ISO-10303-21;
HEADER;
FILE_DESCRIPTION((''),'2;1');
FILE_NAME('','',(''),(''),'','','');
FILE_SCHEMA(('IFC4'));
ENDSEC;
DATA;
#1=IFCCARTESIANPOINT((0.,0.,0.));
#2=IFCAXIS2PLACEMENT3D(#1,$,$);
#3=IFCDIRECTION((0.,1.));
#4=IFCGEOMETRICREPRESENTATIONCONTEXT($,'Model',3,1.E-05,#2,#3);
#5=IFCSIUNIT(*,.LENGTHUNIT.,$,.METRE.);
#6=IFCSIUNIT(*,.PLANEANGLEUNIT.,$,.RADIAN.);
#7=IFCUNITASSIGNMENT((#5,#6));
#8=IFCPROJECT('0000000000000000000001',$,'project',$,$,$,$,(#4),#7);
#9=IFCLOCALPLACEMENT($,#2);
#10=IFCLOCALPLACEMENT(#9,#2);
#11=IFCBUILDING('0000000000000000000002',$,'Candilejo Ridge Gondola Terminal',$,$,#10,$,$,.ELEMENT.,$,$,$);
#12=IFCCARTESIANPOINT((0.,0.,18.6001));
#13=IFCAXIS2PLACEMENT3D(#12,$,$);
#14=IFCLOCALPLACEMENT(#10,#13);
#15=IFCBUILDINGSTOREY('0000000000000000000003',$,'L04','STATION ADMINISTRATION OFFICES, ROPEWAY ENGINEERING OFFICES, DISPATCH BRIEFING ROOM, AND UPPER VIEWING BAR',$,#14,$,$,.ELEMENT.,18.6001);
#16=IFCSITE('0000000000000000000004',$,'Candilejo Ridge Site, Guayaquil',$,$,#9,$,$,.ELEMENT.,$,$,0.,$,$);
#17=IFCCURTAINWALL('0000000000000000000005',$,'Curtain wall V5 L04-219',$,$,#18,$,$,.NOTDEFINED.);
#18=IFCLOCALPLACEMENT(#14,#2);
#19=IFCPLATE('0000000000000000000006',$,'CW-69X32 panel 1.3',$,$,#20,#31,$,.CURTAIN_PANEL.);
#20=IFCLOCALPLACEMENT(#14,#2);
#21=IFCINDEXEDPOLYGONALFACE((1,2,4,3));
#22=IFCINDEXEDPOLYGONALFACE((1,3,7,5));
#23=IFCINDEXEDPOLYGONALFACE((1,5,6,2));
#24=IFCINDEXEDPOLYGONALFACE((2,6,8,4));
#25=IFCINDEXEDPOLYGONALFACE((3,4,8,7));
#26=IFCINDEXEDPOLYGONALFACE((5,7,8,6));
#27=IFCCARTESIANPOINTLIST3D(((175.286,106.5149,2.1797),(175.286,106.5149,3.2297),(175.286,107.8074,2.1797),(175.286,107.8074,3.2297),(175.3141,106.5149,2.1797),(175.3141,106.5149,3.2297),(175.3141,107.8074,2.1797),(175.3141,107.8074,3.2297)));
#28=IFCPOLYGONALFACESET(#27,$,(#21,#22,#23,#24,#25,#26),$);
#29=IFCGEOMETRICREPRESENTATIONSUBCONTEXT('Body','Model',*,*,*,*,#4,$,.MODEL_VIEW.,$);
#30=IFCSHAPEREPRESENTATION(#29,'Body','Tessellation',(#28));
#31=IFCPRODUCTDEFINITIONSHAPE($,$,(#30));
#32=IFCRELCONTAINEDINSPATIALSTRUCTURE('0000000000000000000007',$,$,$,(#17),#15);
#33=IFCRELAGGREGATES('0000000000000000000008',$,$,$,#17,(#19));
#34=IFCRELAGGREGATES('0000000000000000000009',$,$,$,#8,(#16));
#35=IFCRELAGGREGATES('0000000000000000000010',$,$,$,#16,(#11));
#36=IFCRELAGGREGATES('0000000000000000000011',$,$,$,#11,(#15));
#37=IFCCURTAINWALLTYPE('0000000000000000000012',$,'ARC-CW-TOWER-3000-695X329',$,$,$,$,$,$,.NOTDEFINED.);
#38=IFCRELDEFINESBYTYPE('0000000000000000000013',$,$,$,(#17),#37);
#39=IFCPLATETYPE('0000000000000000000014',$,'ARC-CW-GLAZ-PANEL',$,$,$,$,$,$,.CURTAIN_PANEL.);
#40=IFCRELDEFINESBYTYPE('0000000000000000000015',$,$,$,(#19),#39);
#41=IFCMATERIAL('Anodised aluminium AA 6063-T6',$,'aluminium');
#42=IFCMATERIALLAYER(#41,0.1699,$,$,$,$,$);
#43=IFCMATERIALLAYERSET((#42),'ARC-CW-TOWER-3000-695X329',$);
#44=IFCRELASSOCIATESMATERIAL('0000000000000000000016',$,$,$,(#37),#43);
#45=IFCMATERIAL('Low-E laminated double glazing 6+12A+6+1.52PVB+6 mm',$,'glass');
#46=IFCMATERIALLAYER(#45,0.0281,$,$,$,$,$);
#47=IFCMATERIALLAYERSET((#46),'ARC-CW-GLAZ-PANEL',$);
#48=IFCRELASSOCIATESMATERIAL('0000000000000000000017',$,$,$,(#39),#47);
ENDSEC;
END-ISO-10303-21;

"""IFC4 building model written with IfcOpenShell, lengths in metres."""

from ifc_helpers import new_model, si_unit, direction, frame, origin, origin_2d, place, context, subcontext, project, spatial, rectangle, extrude, material, layer, layer_set, type_object, element, aggregate, save


model = new_model("IFC4")

# Units and contexts
model_context = context("Model", 3, precision=1e-05, world=origin(), true_north=direction((0.0, 1.0)))
body_context = subcontext(model_context, "Body", "Model", "MODEL_VIEW")
ifc_project = project(units=[si_unit("LENGTHUNIT", "METRE"), si_unit("PLANEANGLEUNIT", "RADIAN")], contexts=[model_context])

# Site, building, storey
site_placement = place(None, origin())
site = spatial("IfcSite", under=ifc_project, at=site_placement, Name="Candilejo Ridge Site, Guayaquil", CompositionType="ELEMENT", RefElevation=0.0)
building_placement = place(site_placement, origin())
building = spatial("IfcBuilding", under=site, at=building_placement, Name="Candilejo Ridge Gondola Terminal", CompositionType="ELEMENT")
storey_placement = place(building_placement, frame((0.0, 0.0, 18.6001)))
storey = spatial("IfcBuildingStorey", under=building, at=storey_placement, Name="L04", Description="STATION ADMINISTRATION OFFICES, ROPEWAY ENGINEERING OFFICES, DISPATCH BRIEFING ROOM, AND UPPER VIEWING BAR", CompositionType="ELEMENT", Elevation=18.6001)

# Curtain wall
ifc_material_1 = material(Name="Anodised aluminium AA 6063-T6", Category="aluminium")
ifc_layer_1 = layer(ifc_material_1, 0.1699)
ifc_layer_set_1 = layer_set([ifc_layer_1], Name="ARC-CW-TOWER-3000-695X329")
curtain_wall_type = type_object("IfcCurtainWallType", Name="ARC-CW-TOWER-3000-695X329", PredefinedType="NOTDEFINED", material=ifc_layer_set_1)
curtain_wall_1_placement = place(storey_placement, origin())
curtain_wall_1 = element("IfcCurtainWall", 1, at=curtain_wall_1_placement, inside=storey, type_object=curtain_wall_type, Name="Curtain wall V5 L04-219", PredefinedType="NOTDEFINED")

# Plate
ifc_material_2 = material(Name="Low-E laminated double glazing 6+12A+6+1.52PVB+6 mm", Category="glass")
ifc_layer_2 = layer(ifc_material_2, 0.0281)
ifc_layer_set_2 = layer_set([ifc_layer_2], Name="ARC-CW-GLAZ-PANEL")
plate_type = type_object("IfcPlateType", Name="ARC-CW-GLAZ-PANEL", PredefinedType="CURTAIN_PANEL", material=ifc_layer_set_2)
plate_1_placement = place(storey_placement, frame((175.3, 107.1611, 2.1797), z_axis=(0.0, 0.0, 1.0), x_axis=(0.0, 1.0, 0.0)))
plate_1 = element("IfcPlate", 2, at=plate_1_placement, type_object=plate_type, Name="CW-69X32 panel 1.3", PredefinedType="CURTAIN_PANEL", context=body_context, shape_type="SweptSolid", body=[
    extrude(rectangle(XDim=1.2925, YDim=0.0281, at=origin_2d()), origin(), (0.0, 0.0, 1.0), 1.05),
])
aggregate(curtain_wall_1, [plate_1])

save(model, "model.ifc")
